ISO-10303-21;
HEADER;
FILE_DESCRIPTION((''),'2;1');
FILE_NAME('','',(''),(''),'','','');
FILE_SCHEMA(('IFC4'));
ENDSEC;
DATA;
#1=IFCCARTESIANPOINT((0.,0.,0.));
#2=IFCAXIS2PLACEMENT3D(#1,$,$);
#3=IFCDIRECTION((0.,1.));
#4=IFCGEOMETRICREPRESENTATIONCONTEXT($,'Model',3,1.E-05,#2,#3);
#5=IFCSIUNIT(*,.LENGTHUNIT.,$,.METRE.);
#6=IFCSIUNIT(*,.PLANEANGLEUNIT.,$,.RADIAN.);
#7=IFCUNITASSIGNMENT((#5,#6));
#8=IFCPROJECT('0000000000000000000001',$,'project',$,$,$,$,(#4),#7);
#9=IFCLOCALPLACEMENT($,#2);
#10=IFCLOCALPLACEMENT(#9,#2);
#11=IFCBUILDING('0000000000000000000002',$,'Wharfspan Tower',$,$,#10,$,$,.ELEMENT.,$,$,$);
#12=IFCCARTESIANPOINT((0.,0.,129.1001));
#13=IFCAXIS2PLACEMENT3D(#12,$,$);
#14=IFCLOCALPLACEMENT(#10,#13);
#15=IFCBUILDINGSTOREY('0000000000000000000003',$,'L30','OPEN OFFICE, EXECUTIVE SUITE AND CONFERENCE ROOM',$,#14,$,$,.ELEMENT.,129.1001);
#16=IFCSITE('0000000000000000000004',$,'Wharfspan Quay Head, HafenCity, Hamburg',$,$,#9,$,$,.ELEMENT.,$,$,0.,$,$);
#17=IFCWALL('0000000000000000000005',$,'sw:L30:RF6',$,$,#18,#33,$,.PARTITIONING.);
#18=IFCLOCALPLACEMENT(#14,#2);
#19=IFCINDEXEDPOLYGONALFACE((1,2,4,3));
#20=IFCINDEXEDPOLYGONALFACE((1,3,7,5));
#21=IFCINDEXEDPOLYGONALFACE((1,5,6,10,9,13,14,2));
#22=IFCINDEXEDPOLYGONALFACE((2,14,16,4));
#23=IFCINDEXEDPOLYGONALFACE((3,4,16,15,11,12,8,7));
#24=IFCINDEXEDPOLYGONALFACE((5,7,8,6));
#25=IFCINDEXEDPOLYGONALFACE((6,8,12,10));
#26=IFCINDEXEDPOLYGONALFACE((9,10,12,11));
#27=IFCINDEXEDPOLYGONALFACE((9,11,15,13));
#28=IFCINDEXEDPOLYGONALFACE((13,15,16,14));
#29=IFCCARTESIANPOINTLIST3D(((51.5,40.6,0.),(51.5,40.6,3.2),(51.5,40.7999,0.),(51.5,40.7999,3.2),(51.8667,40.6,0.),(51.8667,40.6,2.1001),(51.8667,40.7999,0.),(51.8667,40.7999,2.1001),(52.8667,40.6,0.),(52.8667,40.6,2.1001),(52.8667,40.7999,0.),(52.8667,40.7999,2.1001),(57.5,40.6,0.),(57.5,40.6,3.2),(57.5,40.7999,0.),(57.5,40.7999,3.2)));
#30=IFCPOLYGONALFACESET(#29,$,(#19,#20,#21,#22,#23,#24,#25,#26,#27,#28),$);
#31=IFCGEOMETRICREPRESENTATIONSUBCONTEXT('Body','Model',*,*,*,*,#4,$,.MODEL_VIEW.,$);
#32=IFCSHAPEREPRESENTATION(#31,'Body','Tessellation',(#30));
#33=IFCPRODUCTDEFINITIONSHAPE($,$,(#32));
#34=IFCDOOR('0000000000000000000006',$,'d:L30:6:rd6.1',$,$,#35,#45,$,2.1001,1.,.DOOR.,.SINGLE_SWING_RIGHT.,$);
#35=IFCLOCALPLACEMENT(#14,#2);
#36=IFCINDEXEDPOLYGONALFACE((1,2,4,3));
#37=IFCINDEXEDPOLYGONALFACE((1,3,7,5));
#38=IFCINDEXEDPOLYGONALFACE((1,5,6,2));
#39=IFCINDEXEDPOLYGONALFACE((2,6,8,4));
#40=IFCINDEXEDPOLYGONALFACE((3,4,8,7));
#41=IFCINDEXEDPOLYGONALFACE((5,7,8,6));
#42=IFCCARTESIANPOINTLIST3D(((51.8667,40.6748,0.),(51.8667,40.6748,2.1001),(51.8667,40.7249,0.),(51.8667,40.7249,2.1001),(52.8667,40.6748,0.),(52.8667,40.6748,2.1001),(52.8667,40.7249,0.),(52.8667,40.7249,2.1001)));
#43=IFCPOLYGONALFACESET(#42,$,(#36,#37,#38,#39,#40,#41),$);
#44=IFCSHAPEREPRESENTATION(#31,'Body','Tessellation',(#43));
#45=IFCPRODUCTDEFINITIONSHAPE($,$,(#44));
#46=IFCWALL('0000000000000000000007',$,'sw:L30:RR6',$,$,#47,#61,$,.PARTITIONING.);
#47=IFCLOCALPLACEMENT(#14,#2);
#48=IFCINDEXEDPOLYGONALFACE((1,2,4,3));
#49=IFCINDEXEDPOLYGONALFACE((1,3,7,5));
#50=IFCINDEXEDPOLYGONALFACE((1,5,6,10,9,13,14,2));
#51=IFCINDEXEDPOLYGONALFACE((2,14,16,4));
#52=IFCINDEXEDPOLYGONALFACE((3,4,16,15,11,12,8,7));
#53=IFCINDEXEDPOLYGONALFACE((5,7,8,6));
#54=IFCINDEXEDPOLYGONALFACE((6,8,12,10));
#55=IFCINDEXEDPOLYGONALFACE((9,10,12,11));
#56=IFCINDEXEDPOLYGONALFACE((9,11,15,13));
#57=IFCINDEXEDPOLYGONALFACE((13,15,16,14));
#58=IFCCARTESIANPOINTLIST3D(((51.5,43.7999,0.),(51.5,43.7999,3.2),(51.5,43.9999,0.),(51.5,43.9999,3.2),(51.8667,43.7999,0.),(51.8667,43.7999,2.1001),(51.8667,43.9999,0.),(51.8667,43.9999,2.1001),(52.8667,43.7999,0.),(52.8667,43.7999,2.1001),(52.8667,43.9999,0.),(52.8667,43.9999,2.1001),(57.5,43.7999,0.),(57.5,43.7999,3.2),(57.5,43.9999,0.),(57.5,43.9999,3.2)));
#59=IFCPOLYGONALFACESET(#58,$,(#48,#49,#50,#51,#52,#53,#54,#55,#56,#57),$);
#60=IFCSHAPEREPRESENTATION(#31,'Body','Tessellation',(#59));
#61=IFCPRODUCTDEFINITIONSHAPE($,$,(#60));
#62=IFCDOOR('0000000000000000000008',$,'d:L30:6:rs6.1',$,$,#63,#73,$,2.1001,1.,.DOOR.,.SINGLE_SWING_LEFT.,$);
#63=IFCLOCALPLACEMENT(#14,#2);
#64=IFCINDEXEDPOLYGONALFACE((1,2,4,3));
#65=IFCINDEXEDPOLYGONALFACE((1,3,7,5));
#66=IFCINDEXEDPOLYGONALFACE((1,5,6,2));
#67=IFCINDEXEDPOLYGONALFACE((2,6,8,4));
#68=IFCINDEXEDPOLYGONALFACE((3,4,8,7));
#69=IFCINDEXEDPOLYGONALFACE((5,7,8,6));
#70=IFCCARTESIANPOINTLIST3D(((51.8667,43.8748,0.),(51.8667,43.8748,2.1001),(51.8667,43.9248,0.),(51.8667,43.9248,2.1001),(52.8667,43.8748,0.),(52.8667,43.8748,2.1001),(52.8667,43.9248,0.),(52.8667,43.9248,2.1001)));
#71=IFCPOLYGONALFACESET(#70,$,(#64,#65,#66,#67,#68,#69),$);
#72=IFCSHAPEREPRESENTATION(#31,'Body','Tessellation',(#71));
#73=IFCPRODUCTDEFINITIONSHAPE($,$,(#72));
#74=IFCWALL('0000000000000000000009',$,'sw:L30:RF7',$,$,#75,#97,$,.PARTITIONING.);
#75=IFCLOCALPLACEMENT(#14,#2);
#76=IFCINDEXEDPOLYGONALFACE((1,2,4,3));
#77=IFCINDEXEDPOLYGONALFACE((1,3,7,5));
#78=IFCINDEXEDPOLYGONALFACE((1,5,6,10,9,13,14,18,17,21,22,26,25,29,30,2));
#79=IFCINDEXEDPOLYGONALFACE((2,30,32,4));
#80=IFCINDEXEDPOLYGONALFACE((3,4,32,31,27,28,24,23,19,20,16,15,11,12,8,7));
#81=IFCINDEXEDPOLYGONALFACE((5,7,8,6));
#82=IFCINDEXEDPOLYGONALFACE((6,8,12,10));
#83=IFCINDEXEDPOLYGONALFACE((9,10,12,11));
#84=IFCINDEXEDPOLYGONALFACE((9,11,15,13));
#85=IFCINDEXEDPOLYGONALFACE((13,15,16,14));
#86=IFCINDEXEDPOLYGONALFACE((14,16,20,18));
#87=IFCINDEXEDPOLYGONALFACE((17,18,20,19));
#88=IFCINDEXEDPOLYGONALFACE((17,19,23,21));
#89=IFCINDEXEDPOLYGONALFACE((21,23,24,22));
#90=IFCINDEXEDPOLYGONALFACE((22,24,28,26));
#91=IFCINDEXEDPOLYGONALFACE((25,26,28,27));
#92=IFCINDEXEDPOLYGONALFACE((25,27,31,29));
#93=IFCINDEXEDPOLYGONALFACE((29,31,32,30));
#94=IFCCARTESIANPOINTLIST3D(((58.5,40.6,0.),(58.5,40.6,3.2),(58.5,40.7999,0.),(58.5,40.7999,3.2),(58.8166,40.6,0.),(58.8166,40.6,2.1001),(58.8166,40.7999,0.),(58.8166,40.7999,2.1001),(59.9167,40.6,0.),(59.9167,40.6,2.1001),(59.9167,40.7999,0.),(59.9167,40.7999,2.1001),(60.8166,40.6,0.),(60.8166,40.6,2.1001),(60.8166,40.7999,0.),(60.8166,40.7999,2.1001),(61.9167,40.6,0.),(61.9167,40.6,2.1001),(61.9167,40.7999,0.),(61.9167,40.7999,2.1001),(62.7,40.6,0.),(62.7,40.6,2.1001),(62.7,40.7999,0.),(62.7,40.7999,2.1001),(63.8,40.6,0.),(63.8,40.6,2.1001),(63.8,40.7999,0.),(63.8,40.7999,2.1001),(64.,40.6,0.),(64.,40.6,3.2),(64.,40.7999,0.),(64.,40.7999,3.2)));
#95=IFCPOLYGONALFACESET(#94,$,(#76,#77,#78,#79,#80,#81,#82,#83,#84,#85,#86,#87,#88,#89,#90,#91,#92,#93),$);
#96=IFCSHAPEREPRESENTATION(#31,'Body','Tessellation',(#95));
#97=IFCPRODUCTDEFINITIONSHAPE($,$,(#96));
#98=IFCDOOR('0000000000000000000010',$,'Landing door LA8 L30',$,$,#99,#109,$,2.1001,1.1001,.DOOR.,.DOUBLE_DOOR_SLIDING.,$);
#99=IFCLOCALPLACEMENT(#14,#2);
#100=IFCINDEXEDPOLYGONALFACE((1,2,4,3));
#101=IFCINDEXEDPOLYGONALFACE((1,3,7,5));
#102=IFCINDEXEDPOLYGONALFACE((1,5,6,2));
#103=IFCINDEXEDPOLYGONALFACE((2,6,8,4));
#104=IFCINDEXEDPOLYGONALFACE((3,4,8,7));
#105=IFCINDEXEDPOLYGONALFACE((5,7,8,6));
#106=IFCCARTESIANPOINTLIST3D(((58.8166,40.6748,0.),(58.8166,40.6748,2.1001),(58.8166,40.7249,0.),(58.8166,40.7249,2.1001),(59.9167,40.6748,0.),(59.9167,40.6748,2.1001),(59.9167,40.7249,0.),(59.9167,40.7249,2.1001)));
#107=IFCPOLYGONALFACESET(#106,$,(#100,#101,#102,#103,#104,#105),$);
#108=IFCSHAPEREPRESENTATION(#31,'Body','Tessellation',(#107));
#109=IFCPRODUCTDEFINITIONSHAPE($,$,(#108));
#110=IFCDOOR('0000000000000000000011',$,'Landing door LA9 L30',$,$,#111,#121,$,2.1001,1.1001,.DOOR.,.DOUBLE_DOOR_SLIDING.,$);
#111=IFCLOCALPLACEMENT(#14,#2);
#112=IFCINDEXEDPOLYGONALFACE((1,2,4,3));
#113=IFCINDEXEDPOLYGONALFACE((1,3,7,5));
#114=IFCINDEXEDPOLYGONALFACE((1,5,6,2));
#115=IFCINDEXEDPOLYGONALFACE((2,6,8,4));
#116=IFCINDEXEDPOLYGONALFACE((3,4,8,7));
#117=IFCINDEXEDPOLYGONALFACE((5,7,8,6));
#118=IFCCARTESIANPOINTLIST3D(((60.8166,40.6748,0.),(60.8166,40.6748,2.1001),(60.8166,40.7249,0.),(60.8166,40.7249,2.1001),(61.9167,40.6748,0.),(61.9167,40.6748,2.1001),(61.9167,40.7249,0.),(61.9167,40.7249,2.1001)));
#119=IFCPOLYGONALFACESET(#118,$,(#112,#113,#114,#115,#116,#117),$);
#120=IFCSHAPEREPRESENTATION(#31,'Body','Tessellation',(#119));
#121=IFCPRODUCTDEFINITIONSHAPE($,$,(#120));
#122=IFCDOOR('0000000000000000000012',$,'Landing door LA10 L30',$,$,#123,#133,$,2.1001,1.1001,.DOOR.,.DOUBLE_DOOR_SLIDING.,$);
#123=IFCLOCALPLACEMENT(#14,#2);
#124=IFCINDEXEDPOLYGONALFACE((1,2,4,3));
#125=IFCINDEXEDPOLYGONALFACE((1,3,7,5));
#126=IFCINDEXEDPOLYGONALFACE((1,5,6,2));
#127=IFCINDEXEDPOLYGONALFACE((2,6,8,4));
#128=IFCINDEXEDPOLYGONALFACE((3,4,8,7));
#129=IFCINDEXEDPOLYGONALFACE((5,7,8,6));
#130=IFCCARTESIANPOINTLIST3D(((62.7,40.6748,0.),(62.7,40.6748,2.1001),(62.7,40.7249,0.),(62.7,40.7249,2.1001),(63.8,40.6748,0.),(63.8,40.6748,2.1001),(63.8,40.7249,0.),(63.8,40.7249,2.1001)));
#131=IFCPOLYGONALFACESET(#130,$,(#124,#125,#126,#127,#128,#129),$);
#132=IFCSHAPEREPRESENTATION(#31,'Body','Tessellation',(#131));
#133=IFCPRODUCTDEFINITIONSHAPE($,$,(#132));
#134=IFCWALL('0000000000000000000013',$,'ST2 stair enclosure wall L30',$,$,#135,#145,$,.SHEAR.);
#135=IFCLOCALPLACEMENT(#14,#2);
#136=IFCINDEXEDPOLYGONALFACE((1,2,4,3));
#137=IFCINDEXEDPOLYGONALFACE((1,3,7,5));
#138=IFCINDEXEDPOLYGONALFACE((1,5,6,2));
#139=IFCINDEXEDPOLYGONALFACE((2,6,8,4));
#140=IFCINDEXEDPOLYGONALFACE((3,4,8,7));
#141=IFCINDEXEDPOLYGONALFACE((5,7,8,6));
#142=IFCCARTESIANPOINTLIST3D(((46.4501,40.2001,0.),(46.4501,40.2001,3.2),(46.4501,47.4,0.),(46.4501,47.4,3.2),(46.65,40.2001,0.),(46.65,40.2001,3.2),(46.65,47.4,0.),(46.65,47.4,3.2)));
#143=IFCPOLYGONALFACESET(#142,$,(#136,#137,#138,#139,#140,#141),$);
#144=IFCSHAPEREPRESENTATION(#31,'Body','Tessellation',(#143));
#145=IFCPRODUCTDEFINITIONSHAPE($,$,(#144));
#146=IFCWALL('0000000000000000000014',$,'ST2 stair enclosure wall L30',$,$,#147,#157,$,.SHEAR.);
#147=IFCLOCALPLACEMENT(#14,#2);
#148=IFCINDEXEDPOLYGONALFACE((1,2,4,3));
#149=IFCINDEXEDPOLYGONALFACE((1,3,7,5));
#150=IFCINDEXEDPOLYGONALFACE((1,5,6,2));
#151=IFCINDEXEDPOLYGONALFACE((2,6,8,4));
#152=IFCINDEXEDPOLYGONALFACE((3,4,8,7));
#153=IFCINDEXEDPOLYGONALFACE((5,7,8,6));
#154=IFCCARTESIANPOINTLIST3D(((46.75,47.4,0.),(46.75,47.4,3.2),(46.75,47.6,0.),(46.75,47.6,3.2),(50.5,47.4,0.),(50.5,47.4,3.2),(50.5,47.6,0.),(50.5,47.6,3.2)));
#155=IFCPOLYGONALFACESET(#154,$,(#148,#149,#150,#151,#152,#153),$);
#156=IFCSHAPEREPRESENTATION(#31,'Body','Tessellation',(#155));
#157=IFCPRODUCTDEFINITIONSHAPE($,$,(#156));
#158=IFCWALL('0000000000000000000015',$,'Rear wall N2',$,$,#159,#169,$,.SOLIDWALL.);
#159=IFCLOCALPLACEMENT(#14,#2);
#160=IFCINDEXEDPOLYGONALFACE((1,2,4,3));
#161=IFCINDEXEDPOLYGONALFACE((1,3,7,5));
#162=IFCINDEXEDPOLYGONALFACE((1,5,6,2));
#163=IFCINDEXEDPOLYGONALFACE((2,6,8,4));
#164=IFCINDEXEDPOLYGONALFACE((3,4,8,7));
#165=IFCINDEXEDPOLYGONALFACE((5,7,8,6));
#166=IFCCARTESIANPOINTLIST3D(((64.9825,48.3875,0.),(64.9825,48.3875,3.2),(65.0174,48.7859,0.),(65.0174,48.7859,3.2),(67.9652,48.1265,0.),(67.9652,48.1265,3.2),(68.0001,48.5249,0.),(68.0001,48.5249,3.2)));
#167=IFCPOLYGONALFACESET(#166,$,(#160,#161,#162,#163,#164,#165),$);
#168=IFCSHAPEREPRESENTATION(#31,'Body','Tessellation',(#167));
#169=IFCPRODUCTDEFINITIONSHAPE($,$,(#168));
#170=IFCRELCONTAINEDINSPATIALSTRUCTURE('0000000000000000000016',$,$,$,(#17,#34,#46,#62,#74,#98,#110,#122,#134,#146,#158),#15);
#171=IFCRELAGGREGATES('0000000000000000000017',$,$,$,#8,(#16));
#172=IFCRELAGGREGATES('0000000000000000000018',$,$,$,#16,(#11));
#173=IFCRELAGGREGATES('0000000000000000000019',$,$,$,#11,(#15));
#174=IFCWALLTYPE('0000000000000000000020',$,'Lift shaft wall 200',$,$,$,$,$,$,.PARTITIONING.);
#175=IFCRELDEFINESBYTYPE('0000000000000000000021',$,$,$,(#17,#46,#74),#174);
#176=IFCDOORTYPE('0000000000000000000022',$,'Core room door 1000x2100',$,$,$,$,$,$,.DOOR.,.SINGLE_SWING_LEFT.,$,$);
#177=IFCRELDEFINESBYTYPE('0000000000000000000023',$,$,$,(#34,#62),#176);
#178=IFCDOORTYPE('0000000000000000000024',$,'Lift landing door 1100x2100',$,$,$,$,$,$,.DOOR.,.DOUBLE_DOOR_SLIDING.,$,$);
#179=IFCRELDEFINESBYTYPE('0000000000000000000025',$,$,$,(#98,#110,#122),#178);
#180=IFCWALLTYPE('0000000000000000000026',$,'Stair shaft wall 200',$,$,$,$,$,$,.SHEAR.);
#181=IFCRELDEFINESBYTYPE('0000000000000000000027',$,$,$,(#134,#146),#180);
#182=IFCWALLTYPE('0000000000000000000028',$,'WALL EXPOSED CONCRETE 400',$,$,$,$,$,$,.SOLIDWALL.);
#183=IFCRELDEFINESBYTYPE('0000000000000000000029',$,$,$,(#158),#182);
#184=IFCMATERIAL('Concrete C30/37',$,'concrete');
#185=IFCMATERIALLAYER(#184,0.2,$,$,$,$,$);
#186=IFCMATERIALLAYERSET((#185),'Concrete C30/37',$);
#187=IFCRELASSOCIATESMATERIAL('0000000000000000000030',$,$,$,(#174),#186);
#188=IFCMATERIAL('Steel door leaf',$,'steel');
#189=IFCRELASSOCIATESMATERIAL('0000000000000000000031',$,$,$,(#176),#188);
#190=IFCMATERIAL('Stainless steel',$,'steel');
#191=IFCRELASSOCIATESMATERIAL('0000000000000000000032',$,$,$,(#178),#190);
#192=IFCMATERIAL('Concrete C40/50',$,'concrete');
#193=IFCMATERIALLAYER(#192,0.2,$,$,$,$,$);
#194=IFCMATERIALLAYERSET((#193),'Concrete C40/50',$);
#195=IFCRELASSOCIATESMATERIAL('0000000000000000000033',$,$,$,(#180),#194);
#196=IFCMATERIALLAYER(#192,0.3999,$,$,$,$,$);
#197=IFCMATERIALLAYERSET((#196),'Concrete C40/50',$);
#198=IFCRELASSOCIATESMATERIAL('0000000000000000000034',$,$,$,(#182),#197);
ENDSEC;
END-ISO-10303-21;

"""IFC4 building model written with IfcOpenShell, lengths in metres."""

from ifc_helpers import new_model, si_unit, direction, frame, frame_2d, origin, place, context, subcontext, project, spatial, rectangle, extrude, material, layer, layer_set, type_object, element, fill, save


model = new_model("IFC4")

# Units and contexts
model_context = context("Model", 3, precision=1e-05, world=origin(), true_north=direction((0.0, 1.0)))
body_context = subcontext(model_context, "Body", "Model", "MODEL_VIEW")
ifc_project = project(units=[si_unit("LENGTHUNIT", "METRE"), si_unit("PLANEANGLEUNIT", "RADIAN")], contexts=[model_context])

# Site, building, storey
site_placement = place(None, origin())
site = spatial("IfcSite", under=ifc_project, at=site_placement, Name="Wharfspan Quay Head, HafenCity, Hamburg", CompositionType="ELEMENT", RefElevation=0.0)
building_placement = place(site_placement, origin())
building = spatial("IfcBuilding", under=site, at=building_placement, Name="Wharfspan Tower", CompositionType="ELEMENT")
storey_placement = place(building_placement, frame((0.0, 0.0, 129.1001)))
storey = spatial("IfcBuildingStorey", under=building, at=storey_placement, Name="L30", Description="OPEN OFFICE, EXECUTIVE SUITE AND CONFERENCE ROOM", CompositionType="ELEMENT", Elevation=129.1001)

# Walls, openings, doors
ifc_material_1 = material(Name="Concrete C30/37", Category="concrete")
ifc_layer_1 = layer(ifc_material_1, 0.2)
ifc_layer_set_1 = layer_set([ifc_layer_1], Name="Concrete C30/37")
wall_type_1 = type_object("IfcWallType", Name="Lift shaft wall 200", PredefinedType="PARTITIONING", material=ifc_layer_set_1)
wall_1_placement = place(storey_placement, frame((51.5, 40.7, 0.0), z_axis=(0.0, 0.0, 1.0), x_axis=(1.0, 0.0, 0.0)))
wall_1 = element("IfcWall", 1, at=wall_1_placement, inside=storey, type_object=wall_type_1, Name="sw:L30:RF6", PredefinedType="PARTITIONING", context=body_context, shape_type="SweptSolid", body=[
    extrude(rectangle(XDim=6.0, YDim=0.2, at=frame_2d((3.0, 0.0))), origin(), (0.0, 0.0, 1.0), 3.2),
])
opening_1_placement = place(wall_1_placement, frame((0.3667, 0.0, 0.0)))
opening_1 = element("IfcOpeningElement", 2, at=opening_1_placement, cuts=wall_1, PredefinedType="OPENING", context=body_context, shape_type="SweptSolid", body=[
    extrude(rectangle(XDim=1.0, YDim=2.1001, at=frame_2d((0.5, 1.05))), frame((0.0, 0.1099, 0.0), z_axis=(0.0, -1.0, 0.0), x_axis=(1.0, 0.0, 0.0)), (0.0, 0.0, 1.0), 0.22),
])
ifc_material_2 = material(Name="Steel door leaf", Category="steel")
door_type_1 = type_object("IfcDoorType", Name="Core room door 1000x2100", OperationType="SINGLE_SWING_LEFT", PredefinedType="DOOR", material=ifc_material_2)
door_1_placement = place(opening_1_placement, origin())
door_1 = element("IfcDoor", 3, at=door_1_placement, inside=storey, type_object=door_type_1, Name="d:L30:6:rd6.1", OperationType="SINGLE_SWING_RIGHT", OverallHeight=2.1001, OverallWidth=1.0, PredefinedType="DOOR", context=body_context, shape_type="SweptSolid", body=[
    extrude(rectangle(XDim=1.0, YDim=2.1001, at=frame_2d((0.5, 1.05))), frame((0.0, 0.0249, 0.0), z_axis=(0.0, -1.0, 0.0), x_axis=(1.0, 0.0, 0.0)), (0.0, 0.0, 1.0), 0.05),
])
fill(opening_1, door_1)
wall_2_placement = place(storey_placement, frame((51.5, 43.8999, 0.0), z_axis=(0.0, 0.0, 1.0), x_axis=(1.0, 0.0, 0.0)))
wall_2 = element("IfcWall", 4, at=wall_2_placement, inside=storey, type_object=wall_type_1, Name="sw:L30:RR6", PredefinedType="PARTITIONING", context=body_context, shape_type="SweptSolid", body=[
    extrude(rectangle(XDim=6.0, YDim=0.2, at=frame_2d((3.0, 0.0))), origin(), (0.0, 0.0, 1.0), 3.2),
])
opening_2_placement = place(wall_2_placement, frame((0.3667, 0.0, 0.0)))
opening_2 = element("IfcOpeningElement", 5, at=opening_2_placement, cuts=wall_2, PredefinedType="OPENING", context=body_context, shape_type="SweptSolid", body=[
    extrude(rectangle(XDim=1.0, YDim=2.1001, at=frame_2d((0.5, 1.05))), frame((0.0, 0.1099, 0.0), z_axis=(0.0, -1.0, 0.0), x_axis=(1.0, 0.0, 0.0)), (0.0, 0.0, 1.0), 0.22),
])
door_2_placement = place(opening_2_placement, origin())
door_2 = element("IfcDoor", 6, at=door_2_placement, inside=storey, type_object=door_type_1, Name="d:L30:6:rs6.1", OperationType="SINGLE_SWING_LEFT", OverallHeight=2.1001, OverallWidth=1.0, PredefinedType="DOOR", context=body_context, shape_type="SweptSolid", body=[
    extrude(rectangle(XDim=1.0, YDim=2.1001, at=frame_2d((0.5, 1.05))), frame((0.0, 0.0249, 0.0), z_axis=(0.0, -1.0, 0.0), x_axis=(1.0, 0.0, 0.0)), (0.0, 0.0, 1.0), 0.05),
])
fill(opening_2, door_2)

# Wall, openings, doors
wall_3_placement = place(storey_placement, frame((58.5, 40.7, 0.0), z_axis=(0.0, 0.0, 1.0), x_axis=(1.0, 0.0, 0.0)))
wall_3 = element("IfcWall", 7, at=wall_3_placement, inside=storey, type_object=wall_type_1, Name="sw:L30:RF7", PredefinedType="PARTITIONING", context=body_context, shape_type="SweptSolid", body=[
    extrude(rectangle(XDim=5.5, YDim=0.2, at=frame_2d((2.75, 0.0))), origin(), (0.0, 0.0, 1.0), 3.2),
])
opening_3_placement = place(wall_3_placement, frame((0.3166, 0.0, 0.0)))
opening_3 = element("IfcOpeningElement", 8, at=opening_3_placement, cuts=wall_3, PredefinedType="OPENING", context=body_context, shape_type="SweptSolid", body=[
    extrude(rectangle(XDim=1.1001, YDim=2.1001, at=frame_2d((0.55, 1.05))), frame((0.0, 0.1099, 0.0), z_axis=(0.0, -1.0, 0.0), x_axis=(1.0, 0.0, 0.0)), (0.0, 0.0, 1.0), 0.22),
])
opening_4_placement = place(wall_3_placement, frame((2.3167, 0.0, 0.0)))
opening_4 = element("IfcOpeningElement", 9, at=opening_4_placement, cuts=wall_3, PredefinedType="OPENING", context=body_context, shape_type="SweptSolid", body=[
    extrude(rectangle(XDim=1.1001, YDim=2.1001, at=frame_2d((0.55, 1.05))), frame((0.0, 0.1099, 0.0), z_axis=(0.0, -1.0, 0.0), x_axis=(1.0, 0.0, 0.0)), (0.0, 0.0, 1.0), 0.22),
])
opening_5_placement = place(wall_3_placement, frame((4.2, 0.0, 0.0)))
opening_5 = element("IfcOpeningElement", 10, at=opening_5_placement, cuts=wall_3, PredefinedType="OPENING", context=body_context, shape_type="SweptSolid", body=[
    extrude(rectangle(XDim=1.1001, YDim=2.1001, at=frame_2d((0.55, 1.05))), frame((0.0, 0.1099, 0.0), z_axis=(0.0, -1.0, 0.0), x_axis=(1.0, 0.0, 0.0)), (0.0, 0.0, 1.0), 0.22),
])
ifc_material_3 = material(Name="Stainless steel", Category="steel")
door_type_2 = type_object("IfcDoorType", Name="Lift landing door 1100x2100", OperationType="DOUBLE_DOOR_SLIDING", PredefinedType="DOOR", material=ifc_material_3)
door_3_placement = place(opening_3_placement, origin())
door_3 = element("IfcDoor", 11, at=door_3_placement, inside=storey, type_object=door_type_2, Name="Landing door LA8 L30", OperationType="DOUBLE_DOOR_SLIDING", OverallHeight=2.1001, OverallWidth=1.1001, PredefinedType="DOOR", context=body_context, shape_type="SweptSolid", body=[
    extrude(rectangle(XDim=1.1001, YDim=2.1001, at=frame_2d((0.55, 1.05))), frame((0.0, 0.0249, 0.0), z_axis=(0.0, -1.0, 0.0), x_axis=(1.0, 0.0, 0.0)), (0.0, 0.0, 1.0), 0.05),
])
fill(opening_3, door_3)
door_4_placement = place(opening_4_placement, origin())
door_4 = element("IfcDoor", 12, at=door_4_placement, inside=storey, type_object=door_type_2, Name="Landing door LA9 L30", OperationType="DOUBLE_DOOR_SLIDING", OverallHeight=2.1001, OverallWidth=1.1001, PredefinedType="DOOR", context=body_context, shape_type="SweptSolid", body=[
    extrude(rectangle(XDim=1.1001, YDim=2.1001, at=frame_2d((0.55, 1.05))), frame((0.0, 0.0249, 0.0), z_axis=(0.0, -1.0, 0.0), x_axis=(1.0, 0.0, 0.0)), (0.0, 0.0, 1.0), 0.05),
])
fill(opening_4, door_4)
door_5_placement = place(opening_5_placement, origin())
door_5 = element("IfcDoor", 13, at=door_5_placement, inside=storey, type_object=door_type_2, Name="Landing door LA10 L30", OperationType="DOUBLE_DOOR_SLIDING", OverallHeight=2.1001, OverallWidth=1.1001, PredefinedType="DOOR", context=body_context, shape_type="SweptSolid", body=[
    extrude(rectangle(XDim=1.1001, YDim=2.1001, at=frame_2d((0.55, 1.05))), frame((0.0, 0.0249, 0.0), z_axis=(0.0, -1.0, 0.0), x_axis=(1.0, 0.0, 0.0)), (0.0, 0.0, 1.0), 0.05),
])
fill(opening_5, door_5)

# Walls
ifc_material_4 = material(Name="Concrete C40/50", Category="concrete")
ifc_layer_2 = layer(ifc_material_4, 0.2)
ifc_layer_set_2 = layer_set([ifc_layer_2], Name="Concrete C40/50")
wall_type_2 = type_object("IfcWallType", Name="Stair shaft wall 200", PredefinedType="SHEAR", material=ifc_layer_set_2)
wall_4_placement = place(storey_placement, frame((46.55, 40.2, 0.0), z_axis=(0.0, 0.0, 1.0), x_axis=(0.0, 1.0, 0.0)))
element("IfcWall", 14, at=wall_4_placement, inside=storey, type_object=wall_type_2, Name="ST2 stair enclosure wall L30", PredefinedType="SHEAR", context=body_context, shape_type="SweptSolid", body=[
    extrude(rectangle(XDim=7.2, YDim=0.2, at=frame_2d((3.6001, 0.0))), origin(), (0.0, 0.0, 1.0), 3.2),
])
wall_5_placement = place(storey_placement, frame((46.75, 47.5, 0.0), z_axis=(0.0, 0.0, 1.0), x_axis=(1.0, 0.0, 0.0)))
element("IfcWall", 15, at=wall_5_placement, inside=storey, type_object=wall_type_2, Name="ST2 stair enclosure wall L30", PredefinedType="SHEAR", context=body_context, shape_type="SweptSolid", body=[
    extrude(rectangle(XDim=3.75, YDim=0.2, at=frame_2d((1.875, 0.0))), origin(), (0.0, 0.0, 1.0), 3.2),
])
ifc_layer_3 = layer(ifc_material_4, 0.3999)
ifc_layer_set_3 = layer_set([ifc_layer_3], Name="Concrete C40/50")
wall_type_3 = type_object("IfcWallType", Name="WALL EXPOSED CONCRETE 400", PredefinedType="SOLIDWALL", material=ifc_layer_set_3)
wall_6_placement = place(storey_placement, frame((67.9827, 48.3257, 0.0), z_axis=(0.0, 0.0, 1.0), x_axis=(-0.996194, 0.087168, 0.0)))
element("IfcWall", 16, at=wall_6_placement, inside=storey, type_object=wall_type_3, Name="Rear wall N2", PredefinedType="SOLIDWALL", context=body_context, shape_type="SweptSolid", body=[
    extrude(rectangle(XDim=2.9941, YDim=0.3999, at=frame_2d((1.4971, 0.0))), origin(), (0.0, 0.0, 1.0), 3.2),
])

save(model, "model.ifc")
